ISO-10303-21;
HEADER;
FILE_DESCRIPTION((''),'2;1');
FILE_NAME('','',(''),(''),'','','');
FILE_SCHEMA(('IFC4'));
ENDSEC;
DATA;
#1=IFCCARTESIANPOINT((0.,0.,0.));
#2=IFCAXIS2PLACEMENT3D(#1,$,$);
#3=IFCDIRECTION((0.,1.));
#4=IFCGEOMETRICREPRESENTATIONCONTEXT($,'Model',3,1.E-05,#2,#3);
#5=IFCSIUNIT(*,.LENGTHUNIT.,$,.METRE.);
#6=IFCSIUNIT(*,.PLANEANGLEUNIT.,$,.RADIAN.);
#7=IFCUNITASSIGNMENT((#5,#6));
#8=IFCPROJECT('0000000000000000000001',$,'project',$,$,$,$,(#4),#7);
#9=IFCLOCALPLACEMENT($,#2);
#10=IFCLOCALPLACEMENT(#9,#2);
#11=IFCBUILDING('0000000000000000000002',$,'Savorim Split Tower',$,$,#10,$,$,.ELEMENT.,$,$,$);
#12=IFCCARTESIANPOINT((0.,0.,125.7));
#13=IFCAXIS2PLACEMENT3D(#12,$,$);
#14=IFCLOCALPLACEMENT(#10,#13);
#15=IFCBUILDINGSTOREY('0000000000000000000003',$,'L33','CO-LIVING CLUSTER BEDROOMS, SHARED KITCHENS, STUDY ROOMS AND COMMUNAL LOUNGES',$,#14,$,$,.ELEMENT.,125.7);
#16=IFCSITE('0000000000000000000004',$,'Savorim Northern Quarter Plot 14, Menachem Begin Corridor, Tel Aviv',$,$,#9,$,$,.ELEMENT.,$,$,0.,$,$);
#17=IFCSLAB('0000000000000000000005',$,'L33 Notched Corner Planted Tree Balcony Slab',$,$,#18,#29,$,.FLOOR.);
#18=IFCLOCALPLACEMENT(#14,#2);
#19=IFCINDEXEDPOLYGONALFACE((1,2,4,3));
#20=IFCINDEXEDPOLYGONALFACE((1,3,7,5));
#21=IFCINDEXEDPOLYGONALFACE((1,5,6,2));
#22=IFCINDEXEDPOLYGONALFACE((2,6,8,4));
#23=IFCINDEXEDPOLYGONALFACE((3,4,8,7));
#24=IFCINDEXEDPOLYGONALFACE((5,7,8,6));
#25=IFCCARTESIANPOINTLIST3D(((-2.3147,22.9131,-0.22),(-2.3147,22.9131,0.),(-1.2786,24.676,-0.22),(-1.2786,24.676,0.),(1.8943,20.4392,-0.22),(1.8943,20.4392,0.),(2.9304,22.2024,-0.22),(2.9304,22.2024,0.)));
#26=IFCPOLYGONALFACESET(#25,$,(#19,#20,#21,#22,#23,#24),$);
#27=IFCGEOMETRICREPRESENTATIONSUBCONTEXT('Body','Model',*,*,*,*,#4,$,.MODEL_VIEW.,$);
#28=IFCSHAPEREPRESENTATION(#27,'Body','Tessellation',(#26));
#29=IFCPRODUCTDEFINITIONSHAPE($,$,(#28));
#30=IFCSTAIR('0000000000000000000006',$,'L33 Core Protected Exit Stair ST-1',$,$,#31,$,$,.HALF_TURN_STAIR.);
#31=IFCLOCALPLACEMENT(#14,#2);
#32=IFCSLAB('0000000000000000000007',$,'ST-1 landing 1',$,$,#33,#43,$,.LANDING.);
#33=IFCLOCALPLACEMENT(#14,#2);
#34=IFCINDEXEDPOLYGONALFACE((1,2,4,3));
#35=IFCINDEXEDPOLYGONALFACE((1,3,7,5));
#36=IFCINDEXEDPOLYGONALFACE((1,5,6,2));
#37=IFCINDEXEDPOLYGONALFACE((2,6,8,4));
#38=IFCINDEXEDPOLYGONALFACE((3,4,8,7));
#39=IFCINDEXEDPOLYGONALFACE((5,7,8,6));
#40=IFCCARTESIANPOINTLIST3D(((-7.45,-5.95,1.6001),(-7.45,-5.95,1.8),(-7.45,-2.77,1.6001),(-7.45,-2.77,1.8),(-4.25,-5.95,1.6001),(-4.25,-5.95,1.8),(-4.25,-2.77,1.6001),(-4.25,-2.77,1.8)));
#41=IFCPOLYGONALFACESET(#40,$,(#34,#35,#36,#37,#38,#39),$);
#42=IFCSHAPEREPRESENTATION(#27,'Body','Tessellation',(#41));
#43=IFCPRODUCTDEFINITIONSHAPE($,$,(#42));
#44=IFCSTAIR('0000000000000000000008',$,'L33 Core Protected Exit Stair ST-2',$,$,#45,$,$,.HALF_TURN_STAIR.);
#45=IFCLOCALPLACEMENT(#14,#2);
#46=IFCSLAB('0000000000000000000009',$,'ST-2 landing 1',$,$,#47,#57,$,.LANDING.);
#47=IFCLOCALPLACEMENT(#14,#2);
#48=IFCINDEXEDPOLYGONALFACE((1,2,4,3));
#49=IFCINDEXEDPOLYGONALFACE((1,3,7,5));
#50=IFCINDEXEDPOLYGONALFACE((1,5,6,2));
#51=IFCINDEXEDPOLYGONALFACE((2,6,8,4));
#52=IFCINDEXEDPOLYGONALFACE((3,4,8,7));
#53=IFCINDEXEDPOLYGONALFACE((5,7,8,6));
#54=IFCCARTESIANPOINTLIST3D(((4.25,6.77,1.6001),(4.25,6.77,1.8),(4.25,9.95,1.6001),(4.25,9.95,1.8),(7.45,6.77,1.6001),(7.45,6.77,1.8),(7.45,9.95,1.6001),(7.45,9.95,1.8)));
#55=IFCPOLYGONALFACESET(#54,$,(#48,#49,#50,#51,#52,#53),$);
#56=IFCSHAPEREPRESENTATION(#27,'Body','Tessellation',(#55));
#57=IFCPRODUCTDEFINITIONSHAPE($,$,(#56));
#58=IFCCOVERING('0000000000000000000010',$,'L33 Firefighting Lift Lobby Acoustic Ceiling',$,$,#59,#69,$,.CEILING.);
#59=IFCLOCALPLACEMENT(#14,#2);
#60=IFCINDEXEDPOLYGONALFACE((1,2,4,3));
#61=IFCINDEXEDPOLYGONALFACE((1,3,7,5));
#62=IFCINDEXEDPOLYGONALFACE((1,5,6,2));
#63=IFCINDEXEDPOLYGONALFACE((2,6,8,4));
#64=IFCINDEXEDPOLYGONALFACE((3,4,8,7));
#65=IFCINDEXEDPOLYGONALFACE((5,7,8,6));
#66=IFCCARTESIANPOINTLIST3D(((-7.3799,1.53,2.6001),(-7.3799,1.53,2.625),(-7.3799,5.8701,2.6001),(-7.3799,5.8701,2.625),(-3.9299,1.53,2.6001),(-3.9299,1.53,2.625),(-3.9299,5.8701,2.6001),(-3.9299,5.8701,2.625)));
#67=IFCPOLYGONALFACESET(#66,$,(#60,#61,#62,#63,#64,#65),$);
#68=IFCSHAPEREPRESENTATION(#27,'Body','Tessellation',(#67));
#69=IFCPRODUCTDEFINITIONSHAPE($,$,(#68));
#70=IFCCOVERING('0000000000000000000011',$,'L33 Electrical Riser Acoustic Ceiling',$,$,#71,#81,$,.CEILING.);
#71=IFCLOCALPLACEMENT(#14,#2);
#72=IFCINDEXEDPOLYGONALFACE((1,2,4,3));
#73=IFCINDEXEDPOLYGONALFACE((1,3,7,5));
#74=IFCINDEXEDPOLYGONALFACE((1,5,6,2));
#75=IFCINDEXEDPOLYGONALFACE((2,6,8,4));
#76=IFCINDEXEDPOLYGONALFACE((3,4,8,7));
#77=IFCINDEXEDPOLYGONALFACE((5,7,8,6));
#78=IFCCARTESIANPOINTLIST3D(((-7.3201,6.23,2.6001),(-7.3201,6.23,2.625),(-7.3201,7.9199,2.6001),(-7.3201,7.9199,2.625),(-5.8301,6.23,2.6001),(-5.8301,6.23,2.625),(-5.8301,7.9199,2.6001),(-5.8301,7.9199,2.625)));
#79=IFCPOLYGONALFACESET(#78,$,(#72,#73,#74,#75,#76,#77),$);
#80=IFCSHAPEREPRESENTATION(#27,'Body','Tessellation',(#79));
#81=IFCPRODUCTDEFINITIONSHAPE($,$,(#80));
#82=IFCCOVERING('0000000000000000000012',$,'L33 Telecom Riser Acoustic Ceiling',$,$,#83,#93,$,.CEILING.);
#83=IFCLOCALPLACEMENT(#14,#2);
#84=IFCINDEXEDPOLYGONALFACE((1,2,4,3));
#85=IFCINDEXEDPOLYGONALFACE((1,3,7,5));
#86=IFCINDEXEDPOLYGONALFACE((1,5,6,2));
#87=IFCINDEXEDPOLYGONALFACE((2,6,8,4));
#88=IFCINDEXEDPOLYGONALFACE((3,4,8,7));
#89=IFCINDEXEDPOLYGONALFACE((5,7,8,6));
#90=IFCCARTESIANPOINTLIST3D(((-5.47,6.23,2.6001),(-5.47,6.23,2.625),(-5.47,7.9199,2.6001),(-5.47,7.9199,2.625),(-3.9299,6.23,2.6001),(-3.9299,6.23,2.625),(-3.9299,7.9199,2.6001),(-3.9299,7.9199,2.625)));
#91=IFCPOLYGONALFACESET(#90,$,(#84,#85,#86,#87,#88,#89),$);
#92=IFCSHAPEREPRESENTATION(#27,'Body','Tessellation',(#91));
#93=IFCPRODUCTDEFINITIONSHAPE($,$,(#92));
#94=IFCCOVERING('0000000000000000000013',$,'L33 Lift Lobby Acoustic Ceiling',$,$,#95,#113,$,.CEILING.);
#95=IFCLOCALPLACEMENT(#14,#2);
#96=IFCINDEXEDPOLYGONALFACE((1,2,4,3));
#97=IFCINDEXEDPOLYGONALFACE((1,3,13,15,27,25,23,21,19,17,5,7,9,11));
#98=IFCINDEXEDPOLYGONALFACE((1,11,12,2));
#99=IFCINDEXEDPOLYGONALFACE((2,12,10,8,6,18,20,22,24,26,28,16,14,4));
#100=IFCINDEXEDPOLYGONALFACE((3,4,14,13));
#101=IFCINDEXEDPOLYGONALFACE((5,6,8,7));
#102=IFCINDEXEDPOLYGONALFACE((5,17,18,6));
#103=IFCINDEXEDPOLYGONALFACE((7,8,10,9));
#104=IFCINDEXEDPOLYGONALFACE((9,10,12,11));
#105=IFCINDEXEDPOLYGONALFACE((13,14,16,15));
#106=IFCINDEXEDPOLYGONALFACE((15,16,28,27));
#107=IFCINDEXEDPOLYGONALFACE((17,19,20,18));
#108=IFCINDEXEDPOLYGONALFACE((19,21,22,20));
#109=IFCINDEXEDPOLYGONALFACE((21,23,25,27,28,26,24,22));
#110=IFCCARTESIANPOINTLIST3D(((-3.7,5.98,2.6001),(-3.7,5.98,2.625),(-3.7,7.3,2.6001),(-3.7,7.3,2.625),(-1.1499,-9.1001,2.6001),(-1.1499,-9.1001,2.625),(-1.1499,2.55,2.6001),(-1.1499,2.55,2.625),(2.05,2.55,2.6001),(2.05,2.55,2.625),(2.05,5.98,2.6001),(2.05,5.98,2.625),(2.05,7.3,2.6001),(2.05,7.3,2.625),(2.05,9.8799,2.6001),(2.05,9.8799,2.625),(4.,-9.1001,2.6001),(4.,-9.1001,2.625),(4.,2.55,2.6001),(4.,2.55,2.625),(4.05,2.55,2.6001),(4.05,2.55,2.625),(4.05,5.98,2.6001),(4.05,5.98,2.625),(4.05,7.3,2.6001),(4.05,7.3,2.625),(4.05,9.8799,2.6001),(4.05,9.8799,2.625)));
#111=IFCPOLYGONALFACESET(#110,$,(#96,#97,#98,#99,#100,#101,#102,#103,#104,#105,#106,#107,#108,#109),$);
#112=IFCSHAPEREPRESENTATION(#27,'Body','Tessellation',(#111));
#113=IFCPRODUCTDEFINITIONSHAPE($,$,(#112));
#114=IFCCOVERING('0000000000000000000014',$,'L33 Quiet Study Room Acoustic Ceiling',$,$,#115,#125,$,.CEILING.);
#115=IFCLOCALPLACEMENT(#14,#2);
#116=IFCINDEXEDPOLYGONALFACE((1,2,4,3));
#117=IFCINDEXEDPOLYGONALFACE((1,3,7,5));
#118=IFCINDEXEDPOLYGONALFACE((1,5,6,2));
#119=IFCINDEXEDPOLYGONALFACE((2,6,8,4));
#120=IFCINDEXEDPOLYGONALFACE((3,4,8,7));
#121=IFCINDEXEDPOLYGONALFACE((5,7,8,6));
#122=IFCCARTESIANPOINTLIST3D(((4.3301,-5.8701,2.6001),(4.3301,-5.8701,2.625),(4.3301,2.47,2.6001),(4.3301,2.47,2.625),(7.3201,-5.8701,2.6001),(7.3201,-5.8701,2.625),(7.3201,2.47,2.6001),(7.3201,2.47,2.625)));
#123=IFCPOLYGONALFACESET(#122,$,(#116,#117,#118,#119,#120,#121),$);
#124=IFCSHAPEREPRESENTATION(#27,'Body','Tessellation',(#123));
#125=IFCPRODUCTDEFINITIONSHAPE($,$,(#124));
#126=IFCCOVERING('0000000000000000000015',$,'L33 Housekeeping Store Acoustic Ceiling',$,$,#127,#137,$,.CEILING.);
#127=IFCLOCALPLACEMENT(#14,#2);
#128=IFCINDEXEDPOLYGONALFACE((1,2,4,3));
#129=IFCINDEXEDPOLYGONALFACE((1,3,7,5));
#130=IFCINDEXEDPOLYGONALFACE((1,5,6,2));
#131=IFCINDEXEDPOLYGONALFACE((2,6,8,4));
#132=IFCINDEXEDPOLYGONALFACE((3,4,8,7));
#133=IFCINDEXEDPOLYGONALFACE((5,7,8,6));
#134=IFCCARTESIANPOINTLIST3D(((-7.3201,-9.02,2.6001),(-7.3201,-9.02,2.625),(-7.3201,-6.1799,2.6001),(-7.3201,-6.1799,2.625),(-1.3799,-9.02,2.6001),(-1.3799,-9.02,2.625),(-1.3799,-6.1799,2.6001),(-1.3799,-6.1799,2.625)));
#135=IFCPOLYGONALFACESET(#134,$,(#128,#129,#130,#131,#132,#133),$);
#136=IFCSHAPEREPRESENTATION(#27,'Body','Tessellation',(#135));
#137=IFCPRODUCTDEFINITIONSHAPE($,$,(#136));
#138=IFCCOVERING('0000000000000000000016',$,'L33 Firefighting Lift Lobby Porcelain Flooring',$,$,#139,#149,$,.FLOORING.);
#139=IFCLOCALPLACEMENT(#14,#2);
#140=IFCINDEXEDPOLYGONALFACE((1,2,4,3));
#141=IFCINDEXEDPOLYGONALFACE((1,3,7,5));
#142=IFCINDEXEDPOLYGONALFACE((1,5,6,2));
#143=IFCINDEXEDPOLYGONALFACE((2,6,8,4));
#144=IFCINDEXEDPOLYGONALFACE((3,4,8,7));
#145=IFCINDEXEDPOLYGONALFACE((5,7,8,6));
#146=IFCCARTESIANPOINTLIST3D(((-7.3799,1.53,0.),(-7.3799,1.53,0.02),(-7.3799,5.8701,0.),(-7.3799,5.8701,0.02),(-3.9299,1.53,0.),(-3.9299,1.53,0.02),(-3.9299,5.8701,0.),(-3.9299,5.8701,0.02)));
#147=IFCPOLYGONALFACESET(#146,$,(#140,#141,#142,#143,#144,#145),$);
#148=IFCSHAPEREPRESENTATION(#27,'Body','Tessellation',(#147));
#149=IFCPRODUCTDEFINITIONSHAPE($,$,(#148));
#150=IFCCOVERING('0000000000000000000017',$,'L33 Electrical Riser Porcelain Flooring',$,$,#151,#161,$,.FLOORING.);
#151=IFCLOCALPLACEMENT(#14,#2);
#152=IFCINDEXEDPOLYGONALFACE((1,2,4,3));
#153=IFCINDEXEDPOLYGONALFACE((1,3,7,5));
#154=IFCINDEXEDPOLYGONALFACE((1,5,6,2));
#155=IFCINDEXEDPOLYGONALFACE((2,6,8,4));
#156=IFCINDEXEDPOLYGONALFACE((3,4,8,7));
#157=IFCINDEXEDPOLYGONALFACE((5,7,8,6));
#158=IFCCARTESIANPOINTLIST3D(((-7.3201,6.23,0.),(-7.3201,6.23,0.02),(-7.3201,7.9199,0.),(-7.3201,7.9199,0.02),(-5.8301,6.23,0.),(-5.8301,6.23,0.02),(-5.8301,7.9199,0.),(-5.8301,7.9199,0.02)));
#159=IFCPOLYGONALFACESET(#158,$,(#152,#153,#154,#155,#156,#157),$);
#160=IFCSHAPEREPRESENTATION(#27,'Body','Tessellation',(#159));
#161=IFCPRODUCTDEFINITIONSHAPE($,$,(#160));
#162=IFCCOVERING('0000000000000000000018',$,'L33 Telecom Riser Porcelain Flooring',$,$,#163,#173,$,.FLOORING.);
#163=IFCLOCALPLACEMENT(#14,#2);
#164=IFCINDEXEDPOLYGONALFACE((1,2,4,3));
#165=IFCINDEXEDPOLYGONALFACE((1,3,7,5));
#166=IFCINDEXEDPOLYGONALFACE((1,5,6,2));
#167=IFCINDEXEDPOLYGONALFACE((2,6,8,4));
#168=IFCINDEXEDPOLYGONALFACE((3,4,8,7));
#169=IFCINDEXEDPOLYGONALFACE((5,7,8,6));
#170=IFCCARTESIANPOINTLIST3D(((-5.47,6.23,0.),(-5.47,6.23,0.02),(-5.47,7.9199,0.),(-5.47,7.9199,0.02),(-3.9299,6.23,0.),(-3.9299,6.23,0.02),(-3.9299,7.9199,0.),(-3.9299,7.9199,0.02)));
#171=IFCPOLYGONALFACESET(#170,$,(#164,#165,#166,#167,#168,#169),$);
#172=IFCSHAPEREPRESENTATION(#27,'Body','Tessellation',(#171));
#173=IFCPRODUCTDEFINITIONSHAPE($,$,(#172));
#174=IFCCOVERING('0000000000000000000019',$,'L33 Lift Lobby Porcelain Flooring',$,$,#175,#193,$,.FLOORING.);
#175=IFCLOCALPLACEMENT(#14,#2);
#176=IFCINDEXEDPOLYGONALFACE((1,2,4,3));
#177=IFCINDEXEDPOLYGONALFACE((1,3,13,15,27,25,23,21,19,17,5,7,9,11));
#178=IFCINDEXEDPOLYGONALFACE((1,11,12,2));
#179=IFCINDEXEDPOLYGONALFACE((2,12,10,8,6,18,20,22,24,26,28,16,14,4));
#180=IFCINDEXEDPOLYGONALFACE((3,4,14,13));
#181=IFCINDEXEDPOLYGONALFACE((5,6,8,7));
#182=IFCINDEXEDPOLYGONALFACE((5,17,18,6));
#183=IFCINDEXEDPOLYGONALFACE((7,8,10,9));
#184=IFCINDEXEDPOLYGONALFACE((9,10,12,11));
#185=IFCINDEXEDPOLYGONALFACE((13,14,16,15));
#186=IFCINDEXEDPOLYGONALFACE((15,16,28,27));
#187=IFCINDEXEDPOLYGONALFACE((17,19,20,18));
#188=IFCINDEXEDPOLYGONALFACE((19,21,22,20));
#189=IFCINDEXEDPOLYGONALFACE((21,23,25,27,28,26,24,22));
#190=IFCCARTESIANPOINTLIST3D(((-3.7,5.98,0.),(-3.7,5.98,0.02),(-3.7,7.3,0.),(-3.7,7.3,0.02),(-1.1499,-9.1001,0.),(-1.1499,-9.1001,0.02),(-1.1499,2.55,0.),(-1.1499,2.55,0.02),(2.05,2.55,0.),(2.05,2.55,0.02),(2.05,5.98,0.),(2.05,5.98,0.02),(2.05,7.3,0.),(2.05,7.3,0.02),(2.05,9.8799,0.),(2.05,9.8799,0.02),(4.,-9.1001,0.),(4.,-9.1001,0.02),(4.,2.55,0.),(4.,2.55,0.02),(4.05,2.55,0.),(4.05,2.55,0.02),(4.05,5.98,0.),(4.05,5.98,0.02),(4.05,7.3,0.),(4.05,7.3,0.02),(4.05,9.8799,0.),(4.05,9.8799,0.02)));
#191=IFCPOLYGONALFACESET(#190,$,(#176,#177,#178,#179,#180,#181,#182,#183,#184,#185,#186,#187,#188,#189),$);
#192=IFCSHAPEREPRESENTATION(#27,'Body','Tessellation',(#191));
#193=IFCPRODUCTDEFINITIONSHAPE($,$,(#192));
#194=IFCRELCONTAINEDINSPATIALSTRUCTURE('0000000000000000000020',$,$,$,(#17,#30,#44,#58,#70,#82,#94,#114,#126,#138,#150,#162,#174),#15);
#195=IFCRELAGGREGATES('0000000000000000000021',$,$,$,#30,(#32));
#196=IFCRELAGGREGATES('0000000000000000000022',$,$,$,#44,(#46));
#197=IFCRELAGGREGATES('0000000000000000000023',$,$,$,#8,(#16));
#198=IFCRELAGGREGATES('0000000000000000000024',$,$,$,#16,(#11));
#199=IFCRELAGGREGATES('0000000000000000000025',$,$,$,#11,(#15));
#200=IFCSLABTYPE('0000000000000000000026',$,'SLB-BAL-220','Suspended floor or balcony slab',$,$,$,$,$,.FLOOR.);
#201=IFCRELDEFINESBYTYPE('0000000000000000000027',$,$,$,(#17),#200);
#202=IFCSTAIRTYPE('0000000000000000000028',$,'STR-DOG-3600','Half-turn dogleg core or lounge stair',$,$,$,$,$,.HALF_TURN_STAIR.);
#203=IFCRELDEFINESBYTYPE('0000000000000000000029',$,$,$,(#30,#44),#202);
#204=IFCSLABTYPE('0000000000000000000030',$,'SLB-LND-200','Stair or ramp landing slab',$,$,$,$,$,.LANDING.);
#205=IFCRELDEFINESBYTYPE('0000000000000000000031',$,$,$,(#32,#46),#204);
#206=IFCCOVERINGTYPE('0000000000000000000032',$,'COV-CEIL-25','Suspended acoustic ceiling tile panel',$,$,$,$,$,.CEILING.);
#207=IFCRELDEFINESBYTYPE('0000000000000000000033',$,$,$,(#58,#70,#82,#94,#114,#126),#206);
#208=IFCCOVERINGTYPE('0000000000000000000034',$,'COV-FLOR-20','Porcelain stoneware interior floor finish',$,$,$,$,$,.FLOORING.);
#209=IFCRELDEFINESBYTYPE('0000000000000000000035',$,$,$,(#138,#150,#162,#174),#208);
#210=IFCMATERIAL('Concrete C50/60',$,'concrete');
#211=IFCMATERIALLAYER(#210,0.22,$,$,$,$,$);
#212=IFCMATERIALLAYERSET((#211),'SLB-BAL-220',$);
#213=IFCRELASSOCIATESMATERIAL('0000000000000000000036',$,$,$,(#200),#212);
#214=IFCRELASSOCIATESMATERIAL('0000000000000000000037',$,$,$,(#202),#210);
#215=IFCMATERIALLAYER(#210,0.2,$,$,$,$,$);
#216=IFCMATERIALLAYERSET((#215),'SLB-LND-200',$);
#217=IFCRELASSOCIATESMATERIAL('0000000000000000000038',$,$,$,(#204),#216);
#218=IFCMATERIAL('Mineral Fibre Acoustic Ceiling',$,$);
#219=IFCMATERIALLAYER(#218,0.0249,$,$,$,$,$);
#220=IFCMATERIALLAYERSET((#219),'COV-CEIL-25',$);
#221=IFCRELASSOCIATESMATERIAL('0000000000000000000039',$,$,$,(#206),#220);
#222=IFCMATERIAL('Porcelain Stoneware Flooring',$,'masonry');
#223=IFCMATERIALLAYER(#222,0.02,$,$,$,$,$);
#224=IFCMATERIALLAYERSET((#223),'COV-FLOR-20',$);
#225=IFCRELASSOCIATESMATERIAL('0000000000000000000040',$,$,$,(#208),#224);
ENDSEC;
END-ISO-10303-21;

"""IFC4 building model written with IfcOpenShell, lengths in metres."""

from ifc_helpers import new_model, si_unit, direction, frame, origin, place, context, subcontext, project, spatial, polyline, outline, extrude, material, layer, layer_set, type_object, element, aggregate, save


model = new_model("IFC4")

# Units and contexts
model_context = context("Model", 3, precision=1e-05, world=origin(), true_north=direction((0.0, 1.0)))
body_context = subcontext(model_context, "Body", "Model", "MODEL_VIEW")
ifc_project = project(units=[si_unit("LENGTHUNIT", "METRE"), si_unit("PLANEANGLEUNIT", "RADIAN")], contexts=[model_context])

# Site, building, storey
site_placement = place(None, origin())
site = spatial("IfcSite", under=ifc_project, at=site_placement, Name="Savorim Northern Quarter Plot 14, Menachem Begin Corridor, Tel Aviv", CompositionType="ELEMENT", RefElevation=0.0)
building_placement = place(site_placement, origin())
building = spatial("IfcBuilding", under=site, at=building_placement, Name="Savorim Split Tower", CompositionType="ELEMENT")
storey_placement = place(building_placement, frame((0.0, 0.0, 125.7)))
storey = spatial("IfcBuildingStorey", under=building, at=storey_placement, Name="L33", Description="CO-LIVING CLUSTER BEDROOMS, SHARED KITCHENS, STUDY ROOMS AND COMMUNAL LOUNGES", CompositionType="ELEMENT", Elevation=125.7)

# Slab
ifc_material_1 = material(Name="Concrete C50/60", Category="concrete")
ifc_layer_1 = layer(ifc_material_1, 0.22)
ifc_layer_set_1 = layer_set([ifc_layer_1], Name="SLB-BAL-220")
slab_type_1 = type_object("IfcSlabType", Name="SLB-BAL-220", Description="Suspended floor or balcony slab", PredefinedType="FLOOR", material=ifc_layer_set_1)
slab_1_placement = place(storey_placement, frame((0.0, 0.0, -0.22)))
element("IfcSlab", 1, at=slab_1_placement, inside=storey, type_object=slab_type_1, Name="L33 Notched Corner Planted Tree Balcony Slab", PredefinedType="FLOOR", context=body_context, shape_type="SweptSolid", body=[
    extrude(outline(polyline([(-2.3147, 22.9131), (1.8943, 20.4392), (2.9304, 22.2024), (-1.2786, 24.676), (-2.3147, 22.9131)])), origin(), (0.0, 0.0, 1.0), 0.22),
])

# Stairs, slabs
stair_type = type_object("IfcStairType", Name="STR-DOG-3600", Description="Half-turn dogleg core or lounge stair", PredefinedType="HALF_TURN_STAIR", material=ifc_material_1)
stair_1_placement = place(storey_placement, origin())
stair_1 = element("IfcStair", 2, at=stair_1_placement, inside=storey, type_object=stair_type, Name="L33 Core Protected Exit Stair ST-1", PredefinedType="HALF_TURN_STAIR")
ifc_layer_2 = layer(ifc_material_1, 0.2)
ifc_layer_set_2 = layer_set([ifc_layer_2], Name="SLB-LND-200")
slab_type_2 = type_object("IfcSlabType", Name="SLB-LND-200", Description="Stair or ramp landing slab", PredefinedType="LANDING", material=ifc_layer_set_2)
slab_2_placement = place(storey_placement, frame((0.0, 0.0, 1.6001)))
slab_2 = element("IfcSlab", 3, at=slab_2_placement, type_object=slab_type_2, Name="ST-1 landing 1", PredefinedType="LANDING", context=body_context, shape_type="SweptSolid", body=[
    extrude(outline(polyline([(-7.45, -2.77), (-7.45, -5.95), (-4.25, -5.95), (-4.25, -2.77), (-7.45, -2.77)])), origin(), (0.0, 0.0, 1.0), 0.2),
])
aggregate(stair_1, [slab_2])
stair_2_placement = place(storey_placement, origin())
stair_2 = element("IfcStair", 4, at=stair_2_placement, inside=storey, type_object=stair_type, Name="L33 Core Protected Exit Stair ST-2", PredefinedType="HALF_TURN_STAIR")
slab_3_placement = place(storey_placement, frame((0.0, 0.0, 1.6001)))
slab_3 = element("IfcSlab", 5, at=slab_3_placement, type_object=slab_type_2, Name="ST-2 landing 1", PredefinedType="LANDING", context=body_context, shape_type="SweptSolid", body=[
    extrude(outline(polyline([(7.45, 6.77), (7.45, 9.95), (4.25, 9.95), (4.25, 6.77), (7.45, 6.77)])), origin(), (0.0, 0.0, 1.0), 0.2),
])
aggregate(stair_2, [slab_3])

# Coverings
ifc_material_2 = material(Name="Mineral Fibre Acoustic Ceiling")
ifc_layer_3 = layer(ifc_material_2, 0.0249)
ifc_layer_set_3 = layer_set([ifc_layer_3], Name="COV-CEIL-25")
covering_type_1 = type_object("IfcCoveringType", Name="COV-CEIL-25", Description="Suspended acoustic ceiling tile panel", PredefinedType="CEILING", material=ifc_layer_set_3)
covering_1_placement = place(storey_placement, frame((0.0, 0.0, 2.6001)))
element("IfcCovering", 6, at=covering_1_placement, inside=storey, type_object=covering_type_1, Name="L33 Firefighting Lift Lobby Acoustic Ceiling", PredefinedType="CEILING", context=body_context, shape_type="SweptSolid", body=[
    extrude(outline(polyline([(-7.3799, 5.8701), (-7.3799, 1.53), (-3.9299, 1.53), (-3.9299, 5.8701), (-7.3799, 5.8701)])), origin(), (0.0, 0.0, 1.0), 0.0249),
])
covering_2_placement = place(storey_placement, frame((0.0, 0.0, 2.6001)))
element("IfcCovering", 7, at=covering_2_placement, inside=storey, type_object=covering_type_1, Name="L33 Electrical Riser Acoustic Ceiling", PredefinedType="CEILING", context=body_context, shape_type="SweptSolid", body=[
    extrude(outline(polyline([(-7.3201, 7.9199), (-7.3201, 6.23), (-5.8301, 6.23), (-5.8301, 7.9199), (-7.3201, 7.9199)])), origin(), (0.0, 0.0, 1.0), 0.0249),
])
covering_3_placement = place(storey_placement, frame((0.0, 0.0, 2.6001)))
element("IfcCovering", 8, at=covering_3_placement, inside=storey, type_object=covering_type_1, Name="L33 Telecom Riser Acoustic Ceiling", PredefinedType="CEILING", context=body_context, shape_type="SweptSolid", body=[
    extrude(outline(polyline([(-5.47, 7.9199), (-5.47, 6.23), (-3.9299, 6.23), (-3.9299, 7.9199), (-5.47, 7.9199)])), origin(), (0.0, 0.0, 1.0), 0.0249),
])
covering_4_placement = place(storey_placement, frame((0.0, 0.0, 2.6001)))
element("IfcCovering", 9, at=covering_4_placement, inside=storey, type_object=covering_type_1, Name="L33 Lift Lobby Acoustic Ceiling", PredefinedType="CEILING", context=body_context, shape_type="SweptSolid", body=[
    extrude(outline(polyline([(2.05, 2.55), (-1.1499, 2.55), (-1.1499, -9.1001), (4.0, -9.1001), (4.0, 2.55), (4.05, 2.55), (4.05, 5.98), (4.05, 7.3), (4.05, 9.8799), (2.05, 9.8799), (2.05, 7.3), (-3.7, 7.3), (-3.7, 5.98), (2.05, 5.98), (2.05, 2.55)])), origin(), (0.0, 0.0, 1.0), 0.0249),
])
covering_5_placement = place(storey_placement, frame((0.0, 0.0, 2.6001)))
element("IfcCovering", 10, at=covering_5_placement, inside=storey, type_object=covering_type_1, Name="L33 Quiet Study Room Acoustic Ceiling", PredefinedType="CEILING", context=body_context, shape_type="SweptSolid", body=[
    extrude(outline(polyline([(4.3301, 2.47), (4.3301, -5.8701), (7.3201, -5.8701), (7.3201, 2.47), (4.3301, 2.47)])), origin(), (0.0, 0.0, 1.0), 0.0249),
])
covering_6_placement = place(storey_placement, frame((0.0, 0.0, 2.6001)))
element("IfcCovering", 11, at=covering_6_placement, inside=storey, type_object=covering_type_1, Name="L33 Housekeeping Store Acoustic Ceiling", PredefinedType="CEILING", context=body_context, shape_type="SweptSolid", body=[
    extrude(outline(polyline([(-7.3201, -6.1799), (-7.3201, -9.02), (-1.3799, -9.02), (-1.3799, -6.1799), (-7.3201, -6.1799)])), origin(), (0.0, 0.0, 1.0), 0.0249),
])
ifc_material_3 = material(Name="Porcelain Stoneware Flooring", Category="masonry")
ifc_layer_4 = layer(ifc_material_3, 0.02)
ifc_layer_set_4 = layer_set([ifc_layer_4], Name="COV-FLOR-20")
covering_type_2 = type_object("IfcCoveringType", Name="COV-FLOR-20", Description="Porcelain stoneware interior floor finish", PredefinedType="FLOORING", material=ifc_layer_set_4)
covering_7_placement = place(storey_placement, origin())
element("IfcCovering", 12, at=covering_7_placement, inside=storey, type_object=covering_type_2, Name="L33 Firefighting Lift Lobby Porcelain Flooring", PredefinedType="FLOORING", context=body_context, shape_type="SweptSolid", body=[
    extrude(outline(polyline([(-7.3799, 5.8701), (-7.3799, 1.53), (-3.9299, 1.53), (-3.9299, 5.8701), (-7.3799, 5.8701)])), origin(), (0.0, 0.0, 1.0), 0.02),
])
covering_8_placement = place(storey_placement, origin())
element("IfcCovering", 13, at=covering_8_placement, inside=storey, type_object=covering_type_2, Name="L33 Electrical Riser Porcelain Flooring", PredefinedType="FLOORING", context=body_context, shape_type="SweptSolid", body=[
    extrude(outline(polyline([(-7.3201, 7.9199), (-7.3201, 6.23), (-5.8301, 6.23), (-5.8301, 7.9199), (-7.3201, 7.9199)])), origin(), (0.0, 0.0, 1.0), 0.02),
])
covering_9_placement = place(storey_placement, origin())
element("IfcCovering", 14, at=covering_9_placement, inside=storey, type_object=covering_type_2, Name="L33 Telecom Riser Porcelain Flooring", PredefinedType="FLOORING", context=body_context, shape_type="SweptSolid", body=[
    extrude(outline(polyline([(-5.47, 7.9199), (-5.47, 6.23), (-3.9299, 6.23), (-3.9299, 7.9199), (-5.47, 7.9199)])), origin(), (0.0, 0.0, 1.0), 0.02),
])
covering_10_placement = place(storey_placement, origin())
element("IfcCovering", 15, at=covering_10_placement, inside=storey, type_object=covering_type_2, Name="L33 Lift Lobby Porcelain Flooring", PredefinedType="FLOORING", context=body_context, shape_type="SweptSolid", body=[
    extrude(outline(polyline([(2.05, 2.55), (-1.1499, 2.55), (-1.1499, -9.1001), (4.0, -9.1001), (4.0, 2.55), (4.05, 2.55), (4.05, 5.98), (4.05, 7.3), (4.05, 9.8799), (2.05, 9.8799), (2.05, 7.3), (-3.7, 7.3), (-3.7, 5.98), (2.05, 5.98), (2.05, 2.55)])), origin(), (0.0, 0.0, 1.0), 0.02),
])

save(model, "model.ifc")
